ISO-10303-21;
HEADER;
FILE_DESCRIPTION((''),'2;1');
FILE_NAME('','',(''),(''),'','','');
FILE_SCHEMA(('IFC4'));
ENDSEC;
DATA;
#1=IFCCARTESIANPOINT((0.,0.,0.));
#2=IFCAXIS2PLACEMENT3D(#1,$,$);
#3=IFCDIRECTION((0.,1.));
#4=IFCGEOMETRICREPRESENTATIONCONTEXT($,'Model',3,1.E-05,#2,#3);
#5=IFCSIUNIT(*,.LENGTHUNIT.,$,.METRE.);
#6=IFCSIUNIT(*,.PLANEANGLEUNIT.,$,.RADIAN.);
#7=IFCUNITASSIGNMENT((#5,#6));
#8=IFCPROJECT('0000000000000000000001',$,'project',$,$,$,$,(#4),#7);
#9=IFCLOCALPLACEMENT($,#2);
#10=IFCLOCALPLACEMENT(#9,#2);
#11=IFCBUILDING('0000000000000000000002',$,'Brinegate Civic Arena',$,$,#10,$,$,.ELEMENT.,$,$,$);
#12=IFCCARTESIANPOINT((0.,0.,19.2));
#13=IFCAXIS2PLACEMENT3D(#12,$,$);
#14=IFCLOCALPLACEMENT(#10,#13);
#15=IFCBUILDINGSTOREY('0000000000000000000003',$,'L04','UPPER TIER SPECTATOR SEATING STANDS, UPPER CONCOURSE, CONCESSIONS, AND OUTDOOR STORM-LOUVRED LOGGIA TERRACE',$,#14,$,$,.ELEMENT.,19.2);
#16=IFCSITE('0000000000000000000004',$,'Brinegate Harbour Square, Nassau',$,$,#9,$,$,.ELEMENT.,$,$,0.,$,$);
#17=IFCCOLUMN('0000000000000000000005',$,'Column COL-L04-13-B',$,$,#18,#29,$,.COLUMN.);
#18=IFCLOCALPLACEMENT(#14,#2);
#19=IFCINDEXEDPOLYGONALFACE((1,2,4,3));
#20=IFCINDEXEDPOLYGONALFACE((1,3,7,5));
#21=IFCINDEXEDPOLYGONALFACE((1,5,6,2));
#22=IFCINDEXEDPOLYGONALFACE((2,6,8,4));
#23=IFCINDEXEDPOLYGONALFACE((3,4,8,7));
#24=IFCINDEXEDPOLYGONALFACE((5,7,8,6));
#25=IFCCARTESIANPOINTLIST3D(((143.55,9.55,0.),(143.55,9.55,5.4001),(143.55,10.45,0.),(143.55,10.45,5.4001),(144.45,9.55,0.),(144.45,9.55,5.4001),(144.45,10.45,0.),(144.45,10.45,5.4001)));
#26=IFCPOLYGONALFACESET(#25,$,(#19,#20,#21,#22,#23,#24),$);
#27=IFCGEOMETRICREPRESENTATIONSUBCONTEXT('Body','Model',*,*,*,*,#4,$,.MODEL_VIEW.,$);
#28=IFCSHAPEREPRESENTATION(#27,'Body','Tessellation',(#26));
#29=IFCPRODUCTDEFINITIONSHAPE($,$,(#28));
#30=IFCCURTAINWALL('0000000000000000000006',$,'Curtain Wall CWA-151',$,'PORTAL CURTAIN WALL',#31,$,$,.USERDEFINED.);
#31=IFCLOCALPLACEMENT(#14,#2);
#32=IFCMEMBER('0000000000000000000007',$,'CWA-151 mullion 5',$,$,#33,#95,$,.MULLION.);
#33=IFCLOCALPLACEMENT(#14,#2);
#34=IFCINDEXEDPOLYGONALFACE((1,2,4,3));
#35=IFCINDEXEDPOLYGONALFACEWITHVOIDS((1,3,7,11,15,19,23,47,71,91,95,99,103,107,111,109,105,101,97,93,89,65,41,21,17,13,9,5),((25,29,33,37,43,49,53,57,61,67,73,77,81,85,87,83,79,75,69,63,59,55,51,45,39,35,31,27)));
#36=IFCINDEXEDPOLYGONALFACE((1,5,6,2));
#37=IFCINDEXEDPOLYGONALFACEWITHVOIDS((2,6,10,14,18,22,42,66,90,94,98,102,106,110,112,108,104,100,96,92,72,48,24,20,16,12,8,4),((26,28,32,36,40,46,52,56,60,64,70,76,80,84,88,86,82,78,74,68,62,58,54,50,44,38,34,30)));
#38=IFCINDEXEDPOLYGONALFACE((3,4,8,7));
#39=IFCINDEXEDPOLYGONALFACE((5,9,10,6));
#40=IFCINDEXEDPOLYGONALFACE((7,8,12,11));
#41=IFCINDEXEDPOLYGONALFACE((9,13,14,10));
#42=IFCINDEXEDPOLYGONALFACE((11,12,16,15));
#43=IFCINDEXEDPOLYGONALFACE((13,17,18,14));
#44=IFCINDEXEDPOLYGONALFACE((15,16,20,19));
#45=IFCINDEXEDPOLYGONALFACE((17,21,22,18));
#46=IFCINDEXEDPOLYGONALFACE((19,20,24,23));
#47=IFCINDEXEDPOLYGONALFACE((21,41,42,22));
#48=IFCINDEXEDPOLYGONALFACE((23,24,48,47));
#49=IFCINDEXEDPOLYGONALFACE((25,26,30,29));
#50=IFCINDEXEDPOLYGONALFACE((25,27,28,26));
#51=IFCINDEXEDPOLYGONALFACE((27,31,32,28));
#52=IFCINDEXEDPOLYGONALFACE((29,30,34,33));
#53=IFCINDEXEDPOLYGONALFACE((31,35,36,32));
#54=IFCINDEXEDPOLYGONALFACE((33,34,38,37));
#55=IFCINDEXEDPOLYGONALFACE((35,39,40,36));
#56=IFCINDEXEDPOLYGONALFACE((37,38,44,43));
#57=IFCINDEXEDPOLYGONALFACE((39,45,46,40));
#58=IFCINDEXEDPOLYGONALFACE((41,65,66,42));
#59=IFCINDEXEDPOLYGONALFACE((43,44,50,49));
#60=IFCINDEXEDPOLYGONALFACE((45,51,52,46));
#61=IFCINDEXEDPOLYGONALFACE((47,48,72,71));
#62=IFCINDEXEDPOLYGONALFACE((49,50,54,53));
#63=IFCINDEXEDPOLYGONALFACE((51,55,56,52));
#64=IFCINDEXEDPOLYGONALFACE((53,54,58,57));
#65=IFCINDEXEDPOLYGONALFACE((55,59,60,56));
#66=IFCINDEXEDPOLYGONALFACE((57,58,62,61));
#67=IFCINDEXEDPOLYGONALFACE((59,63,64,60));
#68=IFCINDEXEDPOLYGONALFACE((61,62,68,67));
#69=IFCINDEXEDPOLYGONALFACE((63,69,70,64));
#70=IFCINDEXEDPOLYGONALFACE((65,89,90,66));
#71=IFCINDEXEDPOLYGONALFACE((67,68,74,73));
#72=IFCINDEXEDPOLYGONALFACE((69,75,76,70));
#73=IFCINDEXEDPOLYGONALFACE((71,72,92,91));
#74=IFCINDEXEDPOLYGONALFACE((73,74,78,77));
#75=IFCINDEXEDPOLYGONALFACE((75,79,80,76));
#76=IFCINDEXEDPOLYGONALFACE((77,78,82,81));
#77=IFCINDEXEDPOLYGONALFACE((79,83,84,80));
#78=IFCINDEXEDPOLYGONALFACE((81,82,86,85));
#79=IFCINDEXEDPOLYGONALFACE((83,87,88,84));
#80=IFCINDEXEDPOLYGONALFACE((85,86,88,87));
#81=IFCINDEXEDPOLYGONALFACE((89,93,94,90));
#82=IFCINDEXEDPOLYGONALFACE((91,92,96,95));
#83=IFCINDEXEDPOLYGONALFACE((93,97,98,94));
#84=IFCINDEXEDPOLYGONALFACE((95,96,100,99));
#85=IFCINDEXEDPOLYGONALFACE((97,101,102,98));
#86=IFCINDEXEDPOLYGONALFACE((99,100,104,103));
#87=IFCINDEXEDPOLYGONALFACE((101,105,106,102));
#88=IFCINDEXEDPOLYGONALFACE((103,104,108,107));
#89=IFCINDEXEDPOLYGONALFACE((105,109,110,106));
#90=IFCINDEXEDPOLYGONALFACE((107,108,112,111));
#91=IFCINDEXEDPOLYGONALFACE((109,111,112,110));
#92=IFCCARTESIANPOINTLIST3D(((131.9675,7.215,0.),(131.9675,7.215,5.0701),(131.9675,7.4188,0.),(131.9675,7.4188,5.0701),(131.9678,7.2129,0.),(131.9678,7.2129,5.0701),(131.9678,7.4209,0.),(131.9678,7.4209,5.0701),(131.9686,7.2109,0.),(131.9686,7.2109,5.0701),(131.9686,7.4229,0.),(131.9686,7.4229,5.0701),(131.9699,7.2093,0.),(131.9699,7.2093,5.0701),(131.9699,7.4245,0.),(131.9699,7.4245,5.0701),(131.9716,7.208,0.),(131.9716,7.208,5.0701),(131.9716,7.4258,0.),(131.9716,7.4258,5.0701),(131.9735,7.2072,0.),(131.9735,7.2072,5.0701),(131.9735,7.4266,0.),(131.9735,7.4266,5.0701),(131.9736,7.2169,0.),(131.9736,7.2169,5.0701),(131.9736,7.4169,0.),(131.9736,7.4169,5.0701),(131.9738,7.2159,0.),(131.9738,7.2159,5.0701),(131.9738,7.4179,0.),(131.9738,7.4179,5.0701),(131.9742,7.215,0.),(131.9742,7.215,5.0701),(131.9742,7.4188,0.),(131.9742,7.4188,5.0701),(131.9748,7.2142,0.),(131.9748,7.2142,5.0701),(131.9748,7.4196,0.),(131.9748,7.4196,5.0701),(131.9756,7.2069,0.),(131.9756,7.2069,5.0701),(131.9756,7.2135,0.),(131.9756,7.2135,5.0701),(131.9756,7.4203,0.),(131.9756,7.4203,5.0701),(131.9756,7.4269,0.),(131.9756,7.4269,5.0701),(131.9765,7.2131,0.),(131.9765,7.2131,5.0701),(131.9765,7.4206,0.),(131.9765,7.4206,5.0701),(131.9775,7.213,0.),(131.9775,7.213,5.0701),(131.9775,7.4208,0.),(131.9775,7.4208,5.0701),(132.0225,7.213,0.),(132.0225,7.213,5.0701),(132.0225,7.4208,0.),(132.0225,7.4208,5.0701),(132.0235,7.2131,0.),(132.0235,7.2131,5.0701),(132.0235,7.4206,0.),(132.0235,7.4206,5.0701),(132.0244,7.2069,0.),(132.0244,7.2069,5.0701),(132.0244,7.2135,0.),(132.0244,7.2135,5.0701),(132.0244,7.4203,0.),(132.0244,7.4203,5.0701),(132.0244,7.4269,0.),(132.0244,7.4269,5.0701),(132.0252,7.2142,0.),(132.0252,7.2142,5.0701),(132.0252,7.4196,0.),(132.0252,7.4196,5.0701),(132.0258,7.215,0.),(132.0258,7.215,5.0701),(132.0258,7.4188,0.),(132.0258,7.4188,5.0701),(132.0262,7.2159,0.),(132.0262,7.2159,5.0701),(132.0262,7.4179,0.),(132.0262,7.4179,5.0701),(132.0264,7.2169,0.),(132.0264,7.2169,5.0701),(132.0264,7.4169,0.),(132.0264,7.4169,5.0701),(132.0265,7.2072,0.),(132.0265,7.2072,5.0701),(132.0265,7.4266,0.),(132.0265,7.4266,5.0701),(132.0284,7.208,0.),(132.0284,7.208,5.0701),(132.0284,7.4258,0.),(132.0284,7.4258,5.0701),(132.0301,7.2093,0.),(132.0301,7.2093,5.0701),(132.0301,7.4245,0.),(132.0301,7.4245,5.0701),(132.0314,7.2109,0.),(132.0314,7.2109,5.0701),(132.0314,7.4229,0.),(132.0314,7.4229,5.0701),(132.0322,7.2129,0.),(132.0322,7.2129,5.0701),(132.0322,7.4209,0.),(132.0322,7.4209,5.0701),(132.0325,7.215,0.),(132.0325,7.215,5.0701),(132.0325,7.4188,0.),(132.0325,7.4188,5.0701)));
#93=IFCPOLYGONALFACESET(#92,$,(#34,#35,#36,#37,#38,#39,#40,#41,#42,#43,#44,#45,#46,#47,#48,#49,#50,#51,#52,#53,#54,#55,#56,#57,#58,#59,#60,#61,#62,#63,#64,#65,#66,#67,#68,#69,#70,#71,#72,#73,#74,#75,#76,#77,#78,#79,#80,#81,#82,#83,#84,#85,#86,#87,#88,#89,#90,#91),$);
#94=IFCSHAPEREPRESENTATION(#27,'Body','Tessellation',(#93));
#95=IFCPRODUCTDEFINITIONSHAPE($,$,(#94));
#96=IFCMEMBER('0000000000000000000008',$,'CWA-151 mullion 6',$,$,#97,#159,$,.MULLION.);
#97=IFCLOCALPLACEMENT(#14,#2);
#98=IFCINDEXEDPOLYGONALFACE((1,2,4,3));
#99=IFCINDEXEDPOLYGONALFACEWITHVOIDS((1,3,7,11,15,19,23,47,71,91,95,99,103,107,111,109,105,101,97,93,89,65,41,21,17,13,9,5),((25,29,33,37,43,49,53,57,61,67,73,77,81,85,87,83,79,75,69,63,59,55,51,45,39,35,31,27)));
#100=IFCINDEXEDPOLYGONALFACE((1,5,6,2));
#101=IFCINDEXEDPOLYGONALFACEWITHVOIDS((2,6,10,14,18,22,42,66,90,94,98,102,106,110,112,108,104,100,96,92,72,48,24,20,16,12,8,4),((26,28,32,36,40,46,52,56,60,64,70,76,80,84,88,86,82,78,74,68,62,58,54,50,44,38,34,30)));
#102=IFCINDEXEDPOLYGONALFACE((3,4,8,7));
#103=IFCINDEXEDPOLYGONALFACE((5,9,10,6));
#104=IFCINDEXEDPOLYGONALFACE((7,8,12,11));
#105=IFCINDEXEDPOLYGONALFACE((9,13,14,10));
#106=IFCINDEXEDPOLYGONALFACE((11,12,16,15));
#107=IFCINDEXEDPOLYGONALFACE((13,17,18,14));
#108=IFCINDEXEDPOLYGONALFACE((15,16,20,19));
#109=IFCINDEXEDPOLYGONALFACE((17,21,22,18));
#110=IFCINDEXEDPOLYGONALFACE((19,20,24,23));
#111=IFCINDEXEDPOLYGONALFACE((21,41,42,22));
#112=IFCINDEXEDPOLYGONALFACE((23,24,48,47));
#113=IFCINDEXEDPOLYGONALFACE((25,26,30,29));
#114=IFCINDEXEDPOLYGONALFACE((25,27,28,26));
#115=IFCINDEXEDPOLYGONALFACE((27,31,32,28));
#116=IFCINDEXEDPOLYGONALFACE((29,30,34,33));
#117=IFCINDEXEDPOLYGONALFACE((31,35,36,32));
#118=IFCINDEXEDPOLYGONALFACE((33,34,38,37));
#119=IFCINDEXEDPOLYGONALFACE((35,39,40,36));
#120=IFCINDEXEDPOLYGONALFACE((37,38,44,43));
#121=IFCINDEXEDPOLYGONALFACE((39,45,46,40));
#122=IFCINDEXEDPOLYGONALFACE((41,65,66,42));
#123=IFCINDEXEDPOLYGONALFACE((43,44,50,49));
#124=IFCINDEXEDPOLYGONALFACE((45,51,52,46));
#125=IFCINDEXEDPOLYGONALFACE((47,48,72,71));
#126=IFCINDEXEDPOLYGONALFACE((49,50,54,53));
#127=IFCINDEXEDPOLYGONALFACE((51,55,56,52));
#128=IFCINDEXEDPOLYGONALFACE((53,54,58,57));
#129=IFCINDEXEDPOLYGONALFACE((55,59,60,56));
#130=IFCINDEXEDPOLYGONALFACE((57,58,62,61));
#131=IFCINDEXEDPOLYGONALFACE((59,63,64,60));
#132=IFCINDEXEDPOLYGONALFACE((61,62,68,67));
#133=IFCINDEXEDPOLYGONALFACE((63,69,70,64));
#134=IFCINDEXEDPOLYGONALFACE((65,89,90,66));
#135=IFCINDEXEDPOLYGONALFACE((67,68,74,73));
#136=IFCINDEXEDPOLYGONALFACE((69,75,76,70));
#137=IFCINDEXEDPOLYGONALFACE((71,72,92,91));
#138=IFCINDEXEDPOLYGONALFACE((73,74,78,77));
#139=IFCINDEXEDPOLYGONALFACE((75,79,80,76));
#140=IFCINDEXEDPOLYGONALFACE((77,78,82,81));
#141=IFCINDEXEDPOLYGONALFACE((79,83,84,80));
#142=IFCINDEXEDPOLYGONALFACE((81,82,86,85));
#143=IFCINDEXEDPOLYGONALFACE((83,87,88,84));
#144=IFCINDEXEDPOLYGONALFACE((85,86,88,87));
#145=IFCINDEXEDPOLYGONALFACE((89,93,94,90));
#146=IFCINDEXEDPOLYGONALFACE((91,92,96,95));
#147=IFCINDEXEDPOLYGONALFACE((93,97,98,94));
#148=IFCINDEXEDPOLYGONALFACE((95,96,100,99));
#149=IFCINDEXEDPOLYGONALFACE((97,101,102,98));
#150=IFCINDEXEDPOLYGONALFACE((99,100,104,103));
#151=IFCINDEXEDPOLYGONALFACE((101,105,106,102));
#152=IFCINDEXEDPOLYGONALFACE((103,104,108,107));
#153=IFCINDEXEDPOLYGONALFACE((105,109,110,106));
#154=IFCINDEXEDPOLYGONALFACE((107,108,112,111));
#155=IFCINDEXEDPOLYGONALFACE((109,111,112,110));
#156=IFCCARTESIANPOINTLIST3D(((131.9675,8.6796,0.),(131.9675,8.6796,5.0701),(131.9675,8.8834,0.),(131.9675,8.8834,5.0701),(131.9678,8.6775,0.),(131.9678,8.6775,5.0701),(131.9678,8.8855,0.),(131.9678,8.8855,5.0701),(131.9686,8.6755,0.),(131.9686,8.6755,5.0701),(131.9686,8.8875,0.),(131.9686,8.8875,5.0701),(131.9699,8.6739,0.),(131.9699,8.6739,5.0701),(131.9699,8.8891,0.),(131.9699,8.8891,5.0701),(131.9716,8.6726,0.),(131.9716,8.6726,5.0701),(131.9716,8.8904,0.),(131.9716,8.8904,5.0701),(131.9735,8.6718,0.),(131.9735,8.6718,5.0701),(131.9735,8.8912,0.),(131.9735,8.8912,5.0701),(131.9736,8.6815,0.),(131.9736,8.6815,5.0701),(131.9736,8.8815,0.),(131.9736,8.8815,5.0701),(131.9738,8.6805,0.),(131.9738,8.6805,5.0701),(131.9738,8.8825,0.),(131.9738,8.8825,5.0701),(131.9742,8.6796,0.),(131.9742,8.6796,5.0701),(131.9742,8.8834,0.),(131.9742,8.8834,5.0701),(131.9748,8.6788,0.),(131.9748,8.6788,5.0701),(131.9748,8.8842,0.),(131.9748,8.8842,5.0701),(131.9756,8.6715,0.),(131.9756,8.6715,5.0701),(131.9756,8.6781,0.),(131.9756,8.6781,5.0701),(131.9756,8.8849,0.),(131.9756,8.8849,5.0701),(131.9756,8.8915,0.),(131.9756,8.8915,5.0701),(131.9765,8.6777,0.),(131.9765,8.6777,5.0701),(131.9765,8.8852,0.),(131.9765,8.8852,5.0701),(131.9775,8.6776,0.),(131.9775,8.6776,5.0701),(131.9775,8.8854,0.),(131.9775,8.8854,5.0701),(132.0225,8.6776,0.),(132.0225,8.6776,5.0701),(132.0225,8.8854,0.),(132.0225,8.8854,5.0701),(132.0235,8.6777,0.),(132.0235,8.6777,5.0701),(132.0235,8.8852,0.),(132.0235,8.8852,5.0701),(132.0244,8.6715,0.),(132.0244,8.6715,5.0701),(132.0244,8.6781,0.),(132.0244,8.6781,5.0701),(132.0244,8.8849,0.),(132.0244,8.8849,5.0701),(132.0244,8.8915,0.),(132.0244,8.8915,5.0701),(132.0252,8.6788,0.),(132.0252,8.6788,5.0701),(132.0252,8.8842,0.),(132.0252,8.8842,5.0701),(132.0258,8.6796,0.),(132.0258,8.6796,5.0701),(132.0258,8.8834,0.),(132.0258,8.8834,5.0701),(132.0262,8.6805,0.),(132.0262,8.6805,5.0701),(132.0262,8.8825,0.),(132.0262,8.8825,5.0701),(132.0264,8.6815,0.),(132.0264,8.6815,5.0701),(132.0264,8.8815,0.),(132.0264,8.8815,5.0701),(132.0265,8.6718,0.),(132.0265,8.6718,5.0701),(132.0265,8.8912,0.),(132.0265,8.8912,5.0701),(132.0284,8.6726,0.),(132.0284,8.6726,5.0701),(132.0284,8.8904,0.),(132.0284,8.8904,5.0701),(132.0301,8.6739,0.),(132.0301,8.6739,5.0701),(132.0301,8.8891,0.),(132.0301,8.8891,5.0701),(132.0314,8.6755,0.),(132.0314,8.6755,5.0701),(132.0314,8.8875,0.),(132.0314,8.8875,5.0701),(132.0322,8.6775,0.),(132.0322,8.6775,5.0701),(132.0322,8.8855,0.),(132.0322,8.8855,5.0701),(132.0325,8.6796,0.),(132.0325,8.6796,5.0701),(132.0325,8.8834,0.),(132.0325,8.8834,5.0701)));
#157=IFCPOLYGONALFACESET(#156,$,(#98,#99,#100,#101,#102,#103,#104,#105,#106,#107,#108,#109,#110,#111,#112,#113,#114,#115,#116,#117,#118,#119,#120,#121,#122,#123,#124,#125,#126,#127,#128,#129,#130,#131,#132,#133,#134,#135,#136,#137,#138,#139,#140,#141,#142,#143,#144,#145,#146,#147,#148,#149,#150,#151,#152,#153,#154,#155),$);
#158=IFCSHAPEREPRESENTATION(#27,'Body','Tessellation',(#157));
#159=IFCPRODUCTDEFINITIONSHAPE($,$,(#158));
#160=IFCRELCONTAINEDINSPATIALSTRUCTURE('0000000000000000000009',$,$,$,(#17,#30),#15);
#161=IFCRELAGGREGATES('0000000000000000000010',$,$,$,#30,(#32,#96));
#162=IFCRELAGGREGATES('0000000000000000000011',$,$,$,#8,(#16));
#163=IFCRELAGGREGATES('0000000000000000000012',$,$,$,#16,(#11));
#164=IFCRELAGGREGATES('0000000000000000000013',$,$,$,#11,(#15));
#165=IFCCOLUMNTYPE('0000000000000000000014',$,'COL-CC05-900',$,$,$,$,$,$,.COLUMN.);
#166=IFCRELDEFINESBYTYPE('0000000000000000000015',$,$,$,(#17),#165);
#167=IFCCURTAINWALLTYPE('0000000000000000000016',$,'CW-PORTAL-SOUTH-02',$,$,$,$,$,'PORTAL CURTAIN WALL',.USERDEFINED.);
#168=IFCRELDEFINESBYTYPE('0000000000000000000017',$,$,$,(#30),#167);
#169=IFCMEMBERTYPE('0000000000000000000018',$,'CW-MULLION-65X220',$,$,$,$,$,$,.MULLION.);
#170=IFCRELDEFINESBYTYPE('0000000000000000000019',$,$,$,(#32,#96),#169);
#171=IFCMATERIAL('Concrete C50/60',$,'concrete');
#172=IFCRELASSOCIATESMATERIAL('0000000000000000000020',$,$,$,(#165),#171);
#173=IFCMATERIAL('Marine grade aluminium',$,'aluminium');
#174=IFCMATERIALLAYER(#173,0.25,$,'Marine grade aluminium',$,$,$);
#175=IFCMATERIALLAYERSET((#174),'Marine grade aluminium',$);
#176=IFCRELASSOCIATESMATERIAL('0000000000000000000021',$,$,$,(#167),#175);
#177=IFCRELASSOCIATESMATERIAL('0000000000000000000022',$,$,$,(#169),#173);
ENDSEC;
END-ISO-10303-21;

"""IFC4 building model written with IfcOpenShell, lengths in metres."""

from ifc_helpers import new_model, si_unit, direction, frame, origin, origin_2d, place, context, subcontext, project, spatial, rectangle, hollow_rectangle, extrude, material, layer, layer_set, material_profile, profile_set, type_object, element, aggregate, save


model = new_model("IFC4")

# Units and contexts
model_context = context("Model", 3, precision=1e-05, world=origin(), true_north=direction((0.0, 1.0)))
body_context = subcontext(model_context, "Body", "Model", "MODEL_VIEW")
ifc_project = project(units=[si_unit("LENGTHUNIT", "METRE"), si_unit("PLANEANGLEUNIT", "RADIAN")], contexts=[model_context])

# Site, building, storey
site_placement = place(None, origin())
site = spatial("IfcSite", under=ifc_project, at=site_placement, Name="Brinegate Harbour Square, Nassau", CompositionType="ELEMENT", RefElevation=0.0)
building_placement = place(site_placement, origin())
building = spatial("IfcBuilding", under=site, at=building_placement, Name="Brinegate Civic Arena", CompositionType="ELEMENT")
storey_placement = place(building_placement, frame((0.0, 0.0, 19.2)))
storey = spatial("IfcBuildingStorey", under=building, at=storey_placement, Name="L04", Description="UPPER TIER SPECTATOR SEATING STANDS, UPPER CONCOURSE, CONCESSIONS, AND OUTDOOR STORM-LOUVRED LOGGIA TERRACE", CompositionType="ELEMENT", Elevation=19.2)

# Column
ifc_material_1 = material(Name="Concrete C50/60", Category="concrete")
ifc_material_profile_1 = material_profile(ifc_material_1, rectangle(XDim=0.8999, YDim=0.8999, at=origin_2d()), Name="RC900X900")
ifc_profile_set_1 = profile_set([ifc_material_profile_1], Name="Concrete C50/60")
column_type = type_object("IfcColumnType", Name="COL-CC05-900", PredefinedType="COLUMN", material=ifc_profile_set_1)
column_placement = place(storey_placement, frame((144.0, 10.0, 0.0), z_axis=(0.0, 0.0, 1.0), x_axis=(1.0, 0.0, 0.0)))
element("IfcColumn", 1, at=column_placement, inside=storey, type_object=column_type, Name="Column COL-L04-13-B", PredefinedType="COLUMN", context=body_context, shape_type="SweptSolid", body=[
    extrude(rectangle(XDim=0.8999, YDim=0.8999, at=origin_2d()), origin(), (0.0, 0.0, 1.0), 5.4001),
])

# Curtain wall, members
ifc_material_2 = material(Name="Marine grade aluminium", Category="aluminium")
ifc_layer_1 = layer(ifc_material_2, 0.25, Name="Marine grade aluminium")
ifc_layer_set_1 = layer_set([ifc_layer_1], Name="Marine grade aluminium")
curtain_wall_type_1 = type_object("IfcCurtainWallType", Name="CW-PORTAL-SOUTH-02", ElementType="PORTAL CURTAIN WALL", PredefinedType="USERDEFINED", material=ifc_layer_set_1)
curtain_wall_1_placement = place(storey_placement, origin())
curtain_wall_1 = element("IfcCurtainWall", 2, at=curtain_wall_1_placement, inside=storey, type_object=curtain_wall_type_1, Name="Curtain Wall CWA-151", ObjectType="PORTAL CURTAIN WALL", PredefinedType="USERDEFINED")
ifc_material_profile_2 = material_profile(ifc_material_2, hollow_rectangle(XDim=0.0649, YDim=0.22, WallThickness=0.0061, InnerFilletRadius=0.0039, OuterFilletRadius=0.0081, at=origin_2d()), Name="MUL65X220")
ifc_profile_set_2 = profile_set([ifc_material_profile_2], Name="Marine grade aluminium")
member_type_1 = type_object("IfcMemberType", Name="CW-MULLION-65X220", PredefinedType="MULLION", material=ifc_profile_set_2)
member_1_placement = place(storey_placement, frame((132.0, 7.3169, 0.0), z_axis=(0.0, 0.0, 1.0), x_axis=(-1.0, 0.0, 0.0)))
member_1 = element("IfcMember", 3, at=member_1_placement, type_object=member_type_1, Name="CWA-151 mullion 5", PredefinedType="MULLION", context=body_context, shape_type="SweptSolid", body=[
    extrude(hollow_rectangle(XDim=0.0649, YDim=0.22, WallThickness=0.0061, InnerFilletRadius=0.0039, OuterFilletRadius=0.0081, at=origin_2d()), origin(), (0.0, 0.0, 1.0), 5.0701),
])
member_2_placement = place(storey_placement, frame((132.0, 8.7815, 0.0), z_axis=(0.0, 0.0, 1.0), x_axis=(-1.0, 0.0, 0.0)))
member_2 = element("IfcMember", 4, at=member_2_placement, type_object=member_type_1, Name="CWA-151 mullion 6", PredefinedType="MULLION", context=body_context, shape_type="SweptSolid", body=[
    extrude(hollow_rectangle(XDim=0.0649, YDim=0.22, WallThickness=0.0061, InnerFilletRadius=0.0039, OuterFilletRadius=0.0081, at=origin_2d()), origin(), (0.0, 0.0, 1.0), 5.0701),
])

aggregate(curtain_wall_1, [member_1, member_2])

save(model, "model.ifc")
